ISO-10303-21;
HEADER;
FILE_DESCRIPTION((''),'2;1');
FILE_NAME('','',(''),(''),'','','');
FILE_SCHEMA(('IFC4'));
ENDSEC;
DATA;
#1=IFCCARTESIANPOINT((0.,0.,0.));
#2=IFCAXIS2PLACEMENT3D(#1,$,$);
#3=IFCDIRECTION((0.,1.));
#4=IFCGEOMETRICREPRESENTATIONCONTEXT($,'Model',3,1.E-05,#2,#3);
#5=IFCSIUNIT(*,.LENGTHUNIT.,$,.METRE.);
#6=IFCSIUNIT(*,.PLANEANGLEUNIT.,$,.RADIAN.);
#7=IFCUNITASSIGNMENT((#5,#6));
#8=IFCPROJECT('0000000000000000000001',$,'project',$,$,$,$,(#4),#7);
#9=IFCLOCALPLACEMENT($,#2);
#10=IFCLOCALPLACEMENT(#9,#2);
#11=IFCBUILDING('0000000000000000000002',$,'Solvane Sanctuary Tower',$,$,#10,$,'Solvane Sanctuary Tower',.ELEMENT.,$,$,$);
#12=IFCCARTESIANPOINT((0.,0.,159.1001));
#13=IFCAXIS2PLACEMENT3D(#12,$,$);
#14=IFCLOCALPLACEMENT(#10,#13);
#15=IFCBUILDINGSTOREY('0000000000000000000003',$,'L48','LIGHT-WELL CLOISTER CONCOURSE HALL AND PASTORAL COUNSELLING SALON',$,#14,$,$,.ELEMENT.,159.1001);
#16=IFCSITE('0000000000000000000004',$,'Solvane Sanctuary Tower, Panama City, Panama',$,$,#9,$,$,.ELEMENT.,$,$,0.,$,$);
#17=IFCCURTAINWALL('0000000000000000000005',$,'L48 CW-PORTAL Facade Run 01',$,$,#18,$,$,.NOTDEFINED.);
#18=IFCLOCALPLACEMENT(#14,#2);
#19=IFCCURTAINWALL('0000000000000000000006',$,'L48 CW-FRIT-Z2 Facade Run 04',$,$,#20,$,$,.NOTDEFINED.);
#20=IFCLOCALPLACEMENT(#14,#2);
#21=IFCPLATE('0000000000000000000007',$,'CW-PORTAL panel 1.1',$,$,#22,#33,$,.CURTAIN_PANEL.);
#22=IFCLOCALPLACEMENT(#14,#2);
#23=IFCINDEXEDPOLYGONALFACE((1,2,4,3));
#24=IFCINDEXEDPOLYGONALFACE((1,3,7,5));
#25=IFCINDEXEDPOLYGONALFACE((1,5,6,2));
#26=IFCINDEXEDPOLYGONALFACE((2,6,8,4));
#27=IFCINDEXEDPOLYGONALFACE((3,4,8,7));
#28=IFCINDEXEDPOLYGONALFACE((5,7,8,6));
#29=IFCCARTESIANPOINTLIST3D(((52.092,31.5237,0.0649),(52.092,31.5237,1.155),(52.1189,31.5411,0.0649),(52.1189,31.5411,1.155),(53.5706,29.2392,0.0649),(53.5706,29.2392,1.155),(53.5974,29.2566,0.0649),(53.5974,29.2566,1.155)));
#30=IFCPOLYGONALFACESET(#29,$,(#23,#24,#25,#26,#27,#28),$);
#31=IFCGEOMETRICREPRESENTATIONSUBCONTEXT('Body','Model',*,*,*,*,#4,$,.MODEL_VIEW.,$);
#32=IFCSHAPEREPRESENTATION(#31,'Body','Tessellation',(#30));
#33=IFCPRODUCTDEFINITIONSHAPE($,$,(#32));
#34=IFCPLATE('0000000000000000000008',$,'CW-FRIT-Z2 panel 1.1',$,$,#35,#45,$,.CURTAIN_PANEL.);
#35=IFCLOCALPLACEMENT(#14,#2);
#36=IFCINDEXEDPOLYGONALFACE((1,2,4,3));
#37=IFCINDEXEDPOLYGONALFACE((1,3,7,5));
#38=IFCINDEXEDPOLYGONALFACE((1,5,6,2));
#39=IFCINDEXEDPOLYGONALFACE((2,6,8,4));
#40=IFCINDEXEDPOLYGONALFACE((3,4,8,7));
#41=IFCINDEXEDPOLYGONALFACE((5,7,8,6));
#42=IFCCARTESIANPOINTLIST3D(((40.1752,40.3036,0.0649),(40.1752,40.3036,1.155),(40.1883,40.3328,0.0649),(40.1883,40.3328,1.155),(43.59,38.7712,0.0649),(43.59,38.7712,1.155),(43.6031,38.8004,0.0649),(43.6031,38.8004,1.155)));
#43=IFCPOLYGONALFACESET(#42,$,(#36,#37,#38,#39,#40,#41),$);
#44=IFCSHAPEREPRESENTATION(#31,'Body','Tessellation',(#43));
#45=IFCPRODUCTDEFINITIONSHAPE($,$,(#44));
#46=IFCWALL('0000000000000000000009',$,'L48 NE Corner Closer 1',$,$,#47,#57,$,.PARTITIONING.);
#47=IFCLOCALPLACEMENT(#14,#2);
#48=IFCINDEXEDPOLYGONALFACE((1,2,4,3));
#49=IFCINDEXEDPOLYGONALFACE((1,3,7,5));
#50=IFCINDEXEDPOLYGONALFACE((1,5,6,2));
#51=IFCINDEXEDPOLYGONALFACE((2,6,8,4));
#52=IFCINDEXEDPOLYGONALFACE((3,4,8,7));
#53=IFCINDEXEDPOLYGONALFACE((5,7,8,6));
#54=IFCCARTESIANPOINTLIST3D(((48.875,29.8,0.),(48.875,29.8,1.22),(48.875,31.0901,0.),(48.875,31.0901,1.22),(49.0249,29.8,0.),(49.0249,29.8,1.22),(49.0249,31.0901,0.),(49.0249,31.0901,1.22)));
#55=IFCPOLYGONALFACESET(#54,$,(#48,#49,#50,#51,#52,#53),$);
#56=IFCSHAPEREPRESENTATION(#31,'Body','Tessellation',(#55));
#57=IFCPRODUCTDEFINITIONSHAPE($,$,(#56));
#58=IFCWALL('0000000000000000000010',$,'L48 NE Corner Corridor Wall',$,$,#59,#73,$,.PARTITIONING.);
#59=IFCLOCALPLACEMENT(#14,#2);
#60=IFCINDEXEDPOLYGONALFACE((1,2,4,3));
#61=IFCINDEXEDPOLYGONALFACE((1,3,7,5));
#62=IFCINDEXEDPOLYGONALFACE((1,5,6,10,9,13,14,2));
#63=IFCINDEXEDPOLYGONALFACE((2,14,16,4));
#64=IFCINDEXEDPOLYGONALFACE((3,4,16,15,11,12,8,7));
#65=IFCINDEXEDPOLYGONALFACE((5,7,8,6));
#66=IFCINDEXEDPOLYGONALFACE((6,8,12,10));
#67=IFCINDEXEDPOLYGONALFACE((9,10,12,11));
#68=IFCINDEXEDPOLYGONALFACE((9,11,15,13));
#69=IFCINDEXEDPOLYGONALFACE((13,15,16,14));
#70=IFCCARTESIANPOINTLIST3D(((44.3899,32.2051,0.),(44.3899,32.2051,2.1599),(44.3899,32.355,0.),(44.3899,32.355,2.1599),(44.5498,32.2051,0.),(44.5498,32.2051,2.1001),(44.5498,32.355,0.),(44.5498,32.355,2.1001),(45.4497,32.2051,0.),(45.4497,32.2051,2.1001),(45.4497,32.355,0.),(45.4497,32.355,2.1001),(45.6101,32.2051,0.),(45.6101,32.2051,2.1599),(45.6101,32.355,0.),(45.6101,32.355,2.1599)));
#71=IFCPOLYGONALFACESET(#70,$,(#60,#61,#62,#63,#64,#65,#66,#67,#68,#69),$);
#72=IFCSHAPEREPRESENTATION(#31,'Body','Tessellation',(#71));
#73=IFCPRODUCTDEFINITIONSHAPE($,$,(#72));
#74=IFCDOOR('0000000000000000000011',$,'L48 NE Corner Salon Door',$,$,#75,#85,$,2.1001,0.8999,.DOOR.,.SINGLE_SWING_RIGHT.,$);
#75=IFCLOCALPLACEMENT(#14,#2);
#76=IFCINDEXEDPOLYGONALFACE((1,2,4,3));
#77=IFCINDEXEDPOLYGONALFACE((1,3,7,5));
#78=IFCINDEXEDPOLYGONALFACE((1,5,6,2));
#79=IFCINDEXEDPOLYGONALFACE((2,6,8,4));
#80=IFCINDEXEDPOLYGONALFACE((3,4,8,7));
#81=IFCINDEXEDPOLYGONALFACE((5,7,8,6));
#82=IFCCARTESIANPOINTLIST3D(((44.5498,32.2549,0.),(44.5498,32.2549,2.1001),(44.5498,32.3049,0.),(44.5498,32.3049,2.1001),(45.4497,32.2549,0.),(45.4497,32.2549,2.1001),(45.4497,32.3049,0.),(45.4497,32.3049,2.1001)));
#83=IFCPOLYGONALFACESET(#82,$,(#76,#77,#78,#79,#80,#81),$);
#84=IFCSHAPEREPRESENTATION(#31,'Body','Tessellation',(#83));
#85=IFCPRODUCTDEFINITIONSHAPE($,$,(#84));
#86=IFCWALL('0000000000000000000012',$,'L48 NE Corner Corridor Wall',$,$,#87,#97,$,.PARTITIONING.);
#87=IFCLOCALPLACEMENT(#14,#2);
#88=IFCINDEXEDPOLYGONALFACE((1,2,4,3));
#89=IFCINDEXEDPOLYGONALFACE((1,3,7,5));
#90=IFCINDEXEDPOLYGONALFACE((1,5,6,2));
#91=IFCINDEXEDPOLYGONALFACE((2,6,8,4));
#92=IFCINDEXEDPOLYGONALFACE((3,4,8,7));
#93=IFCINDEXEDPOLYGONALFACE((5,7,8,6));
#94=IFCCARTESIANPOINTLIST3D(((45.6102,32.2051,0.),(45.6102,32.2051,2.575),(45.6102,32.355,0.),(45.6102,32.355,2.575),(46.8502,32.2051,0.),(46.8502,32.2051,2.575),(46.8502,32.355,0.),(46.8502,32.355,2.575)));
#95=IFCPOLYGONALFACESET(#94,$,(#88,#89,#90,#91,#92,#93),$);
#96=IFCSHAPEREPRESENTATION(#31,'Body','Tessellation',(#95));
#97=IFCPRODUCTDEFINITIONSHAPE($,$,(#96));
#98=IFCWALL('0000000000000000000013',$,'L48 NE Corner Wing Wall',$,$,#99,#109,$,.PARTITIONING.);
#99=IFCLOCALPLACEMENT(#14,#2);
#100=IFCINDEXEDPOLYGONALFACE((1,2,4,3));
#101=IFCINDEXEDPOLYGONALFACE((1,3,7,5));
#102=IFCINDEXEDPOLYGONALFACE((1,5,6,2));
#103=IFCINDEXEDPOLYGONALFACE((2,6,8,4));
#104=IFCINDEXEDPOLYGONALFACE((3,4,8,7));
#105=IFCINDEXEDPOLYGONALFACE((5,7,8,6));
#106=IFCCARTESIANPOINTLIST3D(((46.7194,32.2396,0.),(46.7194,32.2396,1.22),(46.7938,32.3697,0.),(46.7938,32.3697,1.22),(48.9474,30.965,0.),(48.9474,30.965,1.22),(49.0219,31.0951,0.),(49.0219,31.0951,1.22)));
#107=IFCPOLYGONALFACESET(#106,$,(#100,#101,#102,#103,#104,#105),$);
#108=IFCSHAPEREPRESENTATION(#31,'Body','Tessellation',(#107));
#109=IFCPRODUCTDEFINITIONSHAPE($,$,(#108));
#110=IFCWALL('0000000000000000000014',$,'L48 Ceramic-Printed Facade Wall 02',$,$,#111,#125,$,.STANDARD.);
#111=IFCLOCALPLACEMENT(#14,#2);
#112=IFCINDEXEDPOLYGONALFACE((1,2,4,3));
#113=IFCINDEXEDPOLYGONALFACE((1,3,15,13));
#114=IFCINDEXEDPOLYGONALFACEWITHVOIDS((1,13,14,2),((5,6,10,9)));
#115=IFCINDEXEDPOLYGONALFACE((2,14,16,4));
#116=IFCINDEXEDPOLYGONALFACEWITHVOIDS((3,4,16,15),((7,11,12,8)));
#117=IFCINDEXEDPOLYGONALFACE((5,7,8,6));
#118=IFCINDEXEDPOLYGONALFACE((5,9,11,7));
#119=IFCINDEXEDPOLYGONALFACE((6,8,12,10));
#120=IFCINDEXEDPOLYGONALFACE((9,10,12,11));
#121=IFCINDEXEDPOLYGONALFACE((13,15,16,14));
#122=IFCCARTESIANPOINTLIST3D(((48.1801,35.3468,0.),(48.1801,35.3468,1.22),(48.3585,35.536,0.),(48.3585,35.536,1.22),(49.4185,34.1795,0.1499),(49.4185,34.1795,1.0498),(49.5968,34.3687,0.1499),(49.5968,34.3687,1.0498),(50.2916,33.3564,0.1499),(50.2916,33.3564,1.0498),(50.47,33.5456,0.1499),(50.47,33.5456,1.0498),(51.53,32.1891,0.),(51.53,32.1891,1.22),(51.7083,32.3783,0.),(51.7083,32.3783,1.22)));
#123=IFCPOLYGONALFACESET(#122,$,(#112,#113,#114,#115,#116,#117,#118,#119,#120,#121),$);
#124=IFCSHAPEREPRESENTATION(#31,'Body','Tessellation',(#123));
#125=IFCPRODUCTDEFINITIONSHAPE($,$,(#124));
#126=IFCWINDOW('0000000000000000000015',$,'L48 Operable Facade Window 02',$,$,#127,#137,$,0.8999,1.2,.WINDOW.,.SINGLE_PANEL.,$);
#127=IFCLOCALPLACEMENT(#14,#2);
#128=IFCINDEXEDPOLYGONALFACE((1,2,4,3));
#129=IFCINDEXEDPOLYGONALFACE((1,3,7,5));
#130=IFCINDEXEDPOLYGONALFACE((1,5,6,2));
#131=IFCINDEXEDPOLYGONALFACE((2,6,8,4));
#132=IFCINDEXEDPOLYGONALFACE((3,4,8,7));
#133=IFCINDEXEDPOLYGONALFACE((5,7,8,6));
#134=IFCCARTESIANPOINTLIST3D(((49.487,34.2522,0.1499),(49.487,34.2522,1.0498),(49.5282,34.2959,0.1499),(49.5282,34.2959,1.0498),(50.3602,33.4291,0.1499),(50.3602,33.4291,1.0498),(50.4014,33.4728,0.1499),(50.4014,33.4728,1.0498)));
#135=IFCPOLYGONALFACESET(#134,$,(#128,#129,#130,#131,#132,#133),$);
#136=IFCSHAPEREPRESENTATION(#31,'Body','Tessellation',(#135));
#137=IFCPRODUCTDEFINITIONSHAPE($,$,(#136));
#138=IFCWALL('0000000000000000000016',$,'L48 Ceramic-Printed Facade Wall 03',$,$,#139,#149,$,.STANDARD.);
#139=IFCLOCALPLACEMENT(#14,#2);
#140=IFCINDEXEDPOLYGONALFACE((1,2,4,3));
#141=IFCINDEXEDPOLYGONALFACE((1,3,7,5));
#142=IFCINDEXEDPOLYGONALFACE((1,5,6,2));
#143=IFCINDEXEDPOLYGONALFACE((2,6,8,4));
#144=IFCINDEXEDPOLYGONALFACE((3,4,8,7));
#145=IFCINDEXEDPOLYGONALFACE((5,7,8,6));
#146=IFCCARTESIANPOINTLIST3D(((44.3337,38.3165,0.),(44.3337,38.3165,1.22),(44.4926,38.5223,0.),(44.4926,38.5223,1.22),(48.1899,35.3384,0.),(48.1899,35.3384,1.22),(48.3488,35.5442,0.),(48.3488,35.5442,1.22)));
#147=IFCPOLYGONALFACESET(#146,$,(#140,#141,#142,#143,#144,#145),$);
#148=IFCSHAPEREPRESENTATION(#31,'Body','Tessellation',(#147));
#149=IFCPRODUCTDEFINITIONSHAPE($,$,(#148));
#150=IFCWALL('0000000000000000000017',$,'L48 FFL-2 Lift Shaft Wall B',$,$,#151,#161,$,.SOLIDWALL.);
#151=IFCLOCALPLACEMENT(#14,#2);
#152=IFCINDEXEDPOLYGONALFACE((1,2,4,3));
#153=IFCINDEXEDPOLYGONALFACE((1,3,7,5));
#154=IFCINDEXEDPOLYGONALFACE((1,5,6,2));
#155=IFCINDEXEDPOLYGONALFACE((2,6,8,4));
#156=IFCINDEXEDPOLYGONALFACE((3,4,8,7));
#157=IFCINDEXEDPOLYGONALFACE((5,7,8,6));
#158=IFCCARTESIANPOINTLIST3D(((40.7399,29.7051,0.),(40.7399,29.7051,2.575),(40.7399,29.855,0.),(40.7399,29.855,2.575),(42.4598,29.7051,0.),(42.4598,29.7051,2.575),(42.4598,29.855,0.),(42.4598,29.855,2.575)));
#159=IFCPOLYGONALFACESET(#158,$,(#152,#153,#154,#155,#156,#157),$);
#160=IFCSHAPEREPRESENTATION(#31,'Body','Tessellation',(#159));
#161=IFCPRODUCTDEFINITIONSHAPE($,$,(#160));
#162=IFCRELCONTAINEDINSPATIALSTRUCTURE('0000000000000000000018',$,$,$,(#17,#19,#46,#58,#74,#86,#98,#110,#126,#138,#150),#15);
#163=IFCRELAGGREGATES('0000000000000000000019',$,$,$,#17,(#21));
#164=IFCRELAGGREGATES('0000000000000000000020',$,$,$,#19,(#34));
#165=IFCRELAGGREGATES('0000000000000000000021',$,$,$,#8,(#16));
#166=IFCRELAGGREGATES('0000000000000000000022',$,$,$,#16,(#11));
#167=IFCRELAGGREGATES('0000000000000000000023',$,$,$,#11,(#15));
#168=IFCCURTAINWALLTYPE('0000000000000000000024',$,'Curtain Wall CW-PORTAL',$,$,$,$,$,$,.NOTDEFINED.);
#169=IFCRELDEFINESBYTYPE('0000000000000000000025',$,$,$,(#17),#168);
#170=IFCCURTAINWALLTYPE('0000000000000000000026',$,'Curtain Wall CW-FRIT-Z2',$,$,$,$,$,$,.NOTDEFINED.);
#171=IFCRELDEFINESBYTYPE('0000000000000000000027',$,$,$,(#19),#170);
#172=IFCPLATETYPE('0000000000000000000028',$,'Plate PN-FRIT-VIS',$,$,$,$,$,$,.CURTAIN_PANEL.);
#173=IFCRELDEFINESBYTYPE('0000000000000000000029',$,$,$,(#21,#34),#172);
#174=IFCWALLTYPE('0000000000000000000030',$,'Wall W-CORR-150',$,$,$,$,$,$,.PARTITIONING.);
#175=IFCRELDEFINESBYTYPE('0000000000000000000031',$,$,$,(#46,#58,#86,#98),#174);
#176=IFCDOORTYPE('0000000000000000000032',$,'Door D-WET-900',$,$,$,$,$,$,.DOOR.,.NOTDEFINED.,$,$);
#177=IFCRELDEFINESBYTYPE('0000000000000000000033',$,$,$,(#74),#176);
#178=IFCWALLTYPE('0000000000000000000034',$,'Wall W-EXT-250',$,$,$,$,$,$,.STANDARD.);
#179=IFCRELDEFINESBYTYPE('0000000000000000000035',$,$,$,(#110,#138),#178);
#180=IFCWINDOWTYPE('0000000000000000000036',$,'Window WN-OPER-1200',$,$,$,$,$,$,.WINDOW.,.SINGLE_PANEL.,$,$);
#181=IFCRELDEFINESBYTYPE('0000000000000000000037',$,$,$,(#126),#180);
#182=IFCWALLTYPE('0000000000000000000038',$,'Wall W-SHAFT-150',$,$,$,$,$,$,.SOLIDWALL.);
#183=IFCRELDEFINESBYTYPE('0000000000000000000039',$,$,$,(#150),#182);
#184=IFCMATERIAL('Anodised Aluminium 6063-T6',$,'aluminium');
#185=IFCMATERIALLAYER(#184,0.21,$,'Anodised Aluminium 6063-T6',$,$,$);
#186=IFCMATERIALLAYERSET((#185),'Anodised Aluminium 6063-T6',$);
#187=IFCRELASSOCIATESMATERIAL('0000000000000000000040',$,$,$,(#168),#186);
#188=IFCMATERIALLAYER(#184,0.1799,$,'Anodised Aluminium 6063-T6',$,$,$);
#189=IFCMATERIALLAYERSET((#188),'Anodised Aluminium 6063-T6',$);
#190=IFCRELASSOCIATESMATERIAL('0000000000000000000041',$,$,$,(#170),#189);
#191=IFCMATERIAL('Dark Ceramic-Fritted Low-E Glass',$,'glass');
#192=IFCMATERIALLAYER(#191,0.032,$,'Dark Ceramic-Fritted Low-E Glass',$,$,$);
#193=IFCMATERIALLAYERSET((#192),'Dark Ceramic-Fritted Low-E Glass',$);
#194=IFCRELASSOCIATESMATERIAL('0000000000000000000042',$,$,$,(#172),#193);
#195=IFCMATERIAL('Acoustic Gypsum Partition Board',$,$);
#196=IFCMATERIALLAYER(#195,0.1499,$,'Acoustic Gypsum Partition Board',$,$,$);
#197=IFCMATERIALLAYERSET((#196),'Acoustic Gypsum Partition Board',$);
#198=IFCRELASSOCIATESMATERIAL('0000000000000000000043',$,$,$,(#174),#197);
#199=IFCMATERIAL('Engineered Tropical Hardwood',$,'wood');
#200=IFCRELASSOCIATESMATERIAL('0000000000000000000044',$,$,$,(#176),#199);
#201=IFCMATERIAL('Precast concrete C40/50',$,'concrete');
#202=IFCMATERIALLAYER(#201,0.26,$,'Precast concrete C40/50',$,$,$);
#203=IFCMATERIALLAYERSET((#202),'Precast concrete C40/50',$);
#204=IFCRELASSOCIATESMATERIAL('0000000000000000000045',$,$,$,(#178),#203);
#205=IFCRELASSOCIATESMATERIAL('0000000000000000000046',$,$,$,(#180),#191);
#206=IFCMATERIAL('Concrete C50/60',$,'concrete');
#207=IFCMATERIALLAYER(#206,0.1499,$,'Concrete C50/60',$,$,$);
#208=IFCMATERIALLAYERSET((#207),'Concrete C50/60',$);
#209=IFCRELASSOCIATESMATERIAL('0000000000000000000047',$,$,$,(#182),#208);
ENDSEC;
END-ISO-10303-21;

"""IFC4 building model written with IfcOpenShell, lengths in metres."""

from ifc_helpers import new_model, si_unit, direction, frame, frame_2d, origin, origin_2d, place, context, subcontext, project, spatial, rectangle, extrude, material, layer, layer_set, type_object, element, fill, aggregate, save


model = new_model("IFC4")

# Units and contexts
model_context = context("Model", 3, precision=1e-05, world=origin(), true_north=direction((0.0, 1.0)))
body_context = subcontext(model_context, "Body", "Model", "MODEL_VIEW")
ifc_project = project(units=[si_unit("LENGTHUNIT", "METRE"), si_unit("PLANEANGLEUNIT", "RADIAN")], contexts=[model_context])

# Site, building, storey
site_placement = place(None, origin())
site = spatial("IfcSite", under=ifc_project, at=site_placement, Name="Solvane Sanctuary Tower, Panama City, Panama", CompositionType="ELEMENT", RefElevation=0.0)
building_placement = place(site_placement, origin())
building = spatial("IfcBuilding", under=site, at=building_placement, Name="Solvane Sanctuary Tower", LongName="Solvane Sanctuary Tower", CompositionType="ELEMENT")
storey_placement = place(building_placement, frame((0.0, 0.0, 159.1001)))
storey = spatial("IfcBuildingStorey", under=building, at=storey_placement, Name="L48", Description="LIGHT-WELL CLOISTER CONCOURSE HALL AND PASTORAL COUNSELLING SALON", CompositionType="ELEMENT", Elevation=159.1001)

# Curtain walls
ifc_material_1 = material(Name="Anodised Aluminium 6063-T6", Category="aluminium")
ifc_layer_1 = layer(ifc_material_1, 0.21, Name="Anodised Aluminium 6063-T6")
ifc_layer_set_1 = layer_set([ifc_layer_1], Name="Anodised Aluminium 6063-T6")
curtain_wall_type_1 = type_object("IfcCurtainWallType", Name="Curtain Wall CW-PORTAL", PredefinedType="NOTDEFINED", material=ifc_layer_set_1)
curtain_wall_1_placement = place(storey_placement, origin())
curtain_wall_1 = element("IfcCurtainWall", 1, at=curtain_wall_1_placement, inside=storey, type_object=curtain_wall_type_1, Name="L48 CW-PORTAL Facade Run 01", PredefinedType="NOTDEFINED")
ifc_layer_2 = layer(ifc_material_1, 0.1799, Name="Anodised Aluminium 6063-T6")
ifc_layer_set_2 = layer_set([ifc_layer_2], Name="Anodised Aluminium 6063-T6")
curtain_wall_type_2 = type_object("IfcCurtainWallType", Name="Curtain Wall CW-FRIT-Z2", PredefinedType="NOTDEFINED", material=ifc_layer_set_2)
curtain_wall_2_placement = place(storey_placement, origin())
curtain_wall_2 = element("IfcCurtainWall", 2, at=curtain_wall_2_placement, inside=storey, type_object=curtain_wall_type_2, Name="L48 CW-FRIT-Z2 Facade Run 04", PredefinedType="NOTDEFINED")

# Plates
ifc_material_2 = material(Name="Dark Ceramic-Fritted Low-E Glass", Category="glass")
ifc_layer_3 = layer(ifc_material_2, 0.032, Name="Dark Ceramic-Fritted Low-E Glass")
ifc_layer_set_3 = layer_set([ifc_layer_3], Name="Dark Ceramic-Fritted Low-E Glass")
plate_type = type_object("IfcPlateType", Name="Plate PN-FRIT-VIS", PredefinedType="CURTAIN_PANEL", material=ifc_layer_set_3)
plate_1_placement = place(storey_placement, frame((52.8447, 30.3901, 0.0649), z_axis=(0.0, 0.0, 1.0), x_axis=(-0.543341, 0.839512, 0.0)))
plate_1 = element("IfcPlate", 3, at=plate_1_placement, type_object=plate_type, Name="CW-PORTAL panel 1.1", PredefinedType="CURTAIN_PANEL", context=body_context, shape_type="SweptSolid", body=[
    extrude(rectangle(XDim=2.7212, YDim=0.032, at=origin_2d()), origin(), (0.0, 0.0, 1.0), 1.0901),
])
aggregate(curtain_wall_1, [plate_1])
plate_2_placement = place(storey_placement, frame((41.8892, 39.552, 0.0649), z_axis=(0.0, 0.0, 1.0), x_axis=(-0.91235, 0.409411, 0.0)))
plate_2 = element("IfcPlate", 4, at=plate_2_placement, type_object=plate_type, Name="CW-FRIT-Z2 panel 1.1", PredefinedType="CURTAIN_PANEL", context=body_context, shape_type="SweptSolid", body=[
    extrude(rectangle(XDim=3.7429, YDim=0.032, at=origin_2d()), origin(), (0.0, 0.0, 1.0), 1.0901),
])
aggregate(curtain_wall_2, [plate_2])

# Wall
ifc_material_3 = material(Name="Acoustic Gypsum Partition Board")
ifc_layer_4 = layer(ifc_material_3, 0.1499, Name="Acoustic Gypsum Partition Board")
ifc_layer_set_4 = layer_set([ifc_layer_4], Name="Acoustic Gypsum Partition Board")
wall_type_1 = type_object("IfcWallType", Name="Wall W-CORR-150", PredefinedType="PARTITIONING", material=ifc_layer_set_4)
wall_1_placement = place(storey_placement, frame((48.95, 29.8, 0.0), z_axis=(0.0, 0.0, 1.0), x_axis=(0.0, 1.0, 0.0)))
element("IfcWall", 5, at=wall_1_placement, inside=storey, type_object=wall_type_1, Name="L48 NE Corner Closer 1", PredefinedType="PARTITIONING", context=body_context, shape_type="SweptSolid", body=[
    extrude(rectangle(XDim=1.29, YDim=0.1499, at=frame_2d((0.645, 0.0))), origin(), (0.0, 0.0, 1.0), 1.22),
])

# Wall, opening, door
wall_2_placement = place(storey_placement, frame((44.3899, 32.28, 0.0), z_axis=(0.0, 0.0, 1.0), x_axis=(1.0, 0.0, 0.0)))
wall_2 = element("IfcWall", 6, at=wall_2_placement, inside=storey, type_object=wall_type_1, Name="L48 NE Corner Corridor Wall", PredefinedType="PARTITIONING", context=body_context, shape_type="SweptSolid", body=[
    extrude(rectangle(XDim=1.2202, YDim=0.1499, at=frame_2d((0.6101, 0.0))), origin(), (0.0, 0.0, 1.0), 2.1599),
])
opening_1_placement = place(wall_2_placement, frame((0.1599, 0.0, 0.0)))
opening_1 = element("IfcOpeningElement", 7, at=opening_1_placement, cuts=wall_2, PredefinedType="OPENING", context=body_context, shape_type="SweptSolid", body=[
    extrude(rectangle(XDim=0.8999, YDim=2.1001, at=frame_2d((0.45, 1.05))), frame((0.0, 0.085, 0.0), z_axis=(0.0, -1.0, 0.0), x_axis=(1.0, 0.0, 0.0)), (0.0, 0.0, 1.0), 0.1699),
])
ifc_material_4 = material(Name="Engineered Tropical Hardwood", Category="wood")
door_type_1 = type_object("IfcDoorType", Name="Door D-WET-900", OperationType="NOTDEFINED", PredefinedType="DOOR", material=ifc_material_4)
door_1_placement = place(opening_1_placement, origin())
door_1 = element("IfcDoor", 8, at=door_1_placement, inside=storey, type_object=door_type_1, Name="L48 NE Corner Salon Door", OperationType="SINGLE_SWING_RIGHT", OverallHeight=2.1001, OverallWidth=0.8999, PredefinedType="DOOR", context=body_context, shape_type="SweptSolid", body=[
    extrude(rectangle(XDim=0.8999, YDim=2.1001, at=frame_2d((0.45, 1.05))), frame((0.0, 0.0249, 0.0), z_axis=(0.0, -1.0, 0.0), x_axis=(1.0, 0.0, 0.0)), (0.0, 0.0, 1.0), 0.05),
])
fill(opening_1, door_1)

# Walls
wall_3_placement = place(storey_placement, frame((45.6101, 32.28, 0.0), z_axis=(0.0, 0.0, 1.0), x_axis=(1.0, 0.0, 0.0)))
element("IfcWall", 9, at=wall_3_placement, inside=storey, type_object=wall_type_1, Name="L48 NE Corner Corridor Wall", PredefinedType="PARTITIONING", context=body_context, shape_type="SweptSolid", body=[
    extrude(rectangle(XDim=1.24, YDim=0.1499, at=frame_2d((0.6201, 0.0))), origin(), (0.0, 0.0, 1.0), 2.575),
])
wall_4_placement = place(storey_placement, frame((46.7566, 32.3047, 0.0), z_axis=(0.0, 0.0, 1.0), x_axis=(0.867991, -0.496579, 0.0)))
element("IfcWall", 10, at=wall_4_placement, inside=storey, type_object=wall_type_1, Name="L48 NE Corner Wing Wall", PredefinedType="PARTITIONING", context=body_context, shape_type="SweptSolid", body=[
    extrude(rectangle(XDim=2.5669, YDim=0.1499, at=frame_2d((1.2834, 0.0))), origin(), (0.0, 0.0, 1.0), 1.22),
])

# Wall, opening, window
ifc_material_5 = material(Name="Precast concrete C40/50", Category="concrete")
ifc_layer_5 = layer(ifc_material_5, 0.26, Name="Precast concrete C40/50")
ifc_layer_set_5 = layer_set([ifc_layer_5], Name="Precast concrete C40/50")
wall_type_2 = type_object("IfcWallType", Name="Wall W-EXT-250", PredefinedType="STANDARD", material=ifc_layer_set_5)
wall_5_placement = place(storey_placement, frame((51.6191, 32.2837, 0.0), z_axis=(0.0, 0.0, 1.0), x_axis=(-0.727667, 0.68593, 0.0)))
wall_5 = element("IfcWall", 11, at=wall_5_placement, inside=storey, type_object=wall_type_2, Name="L48 Ceramic-Printed Facade Wall 02", PredefinedType="STANDARD", context=body_context, shape_type="SweptSolid", body=[
    extrude(rectangle(XDim=4.6035, YDim=0.26, at=frame_2d((2.3018, 0.0))), origin(), (0.0, 0.0, 1.0), 1.22),
])
opening_2_placement = place(wall_5_placement, frame((1.7017, 0.0, 0.1499)))
opening_2 = element("IfcOpeningElement", 12, at=opening_2_placement, cuts=wall_5, PredefinedType="OPENING", context=body_context, shape_type="SweptSolid", body=[
    extrude(rectangle(XDim=1.2, YDim=0.8999, at=frame_2d((0.6001, 0.45))), frame((0.0, 0.1399, 0.0), z_axis=(0.0, -1.0, 0.0), x_axis=(1.0, 0.0, 0.0)), (0.0, 0.0, 1.0), 0.28),
])
window_type = type_object("IfcWindowType", Name="Window WN-OPER-1200", PartitioningType="SINGLE_PANEL", PredefinedType="WINDOW", material=ifc_material_2)
window_placement = place(opening_2_placement, origin())
window = element("IfcWindow", 13, at=window_placement, inside=storey, type_object=window_type, Name="L48 Operable Facade Window 02", OverallHeight=0.8999, OverallWidth=1.2, PartitioningType="SINGLE_PANEL", PredefinedType="WINDOW", context=body_context, shape_type="SweptSolid", body=[
    extrude(rectangle(XDim=1.2, YDim=0.8999, at=frame_2d((0.6001, 0.45))), frame((0.0, 0.03, 0.0), z_axis=(0.0, -1.0, 0.0), x_axis=(1.0, 0.0, 0.0)), (0.0, 0.0, 1.0), 0.0601),
])
fill(opening_2, window)

# Walls
wall_6_placement = place(storey_placement, frame((48.2693, 35.4414, 0.0), z_axis=(0.0, 0.0, 1.0), x_axis=(-0.79146, 0.611221, 0.0)))
element("IfcWall", 14, at=wall_6_placement, inside=storey, type_object=wall_type_2, Name="L48 Ceramic-Printed Facade Wall 03", PredefinedType="STANDARD", context=body_context, shape_type="SweptSolid", body=[
    extrude(rectangle(XDim=4.8723, YDim=0.26, at=frame_2d((2.436, 0.0))), origin(), (0.0, 0.0, 1.0), 1.22),
])
ifc_material_6 = material(Name="Concrete C50/60", Category="concrete")
ifc_layer_6 = layer(ifc_material_6, 0.1499, Name="Concrete C50/60")
ifc_layer_set_6 = layer_set([ifc_layer_6], Name="Concrete C50/60")
wall_type_3 = type_object("IfcWallType", Name="Wall W-SHAFT-150", PredefinedType="SOLIDWALL", material=ifc_layer_set_6)
wall_7_placement = place(storey_placement, frame((40.74, 29.78, 0.0), z_axis=(0.0, 0.0, 1.0), x_axis=(1.0, 0.0, 0.0)))
element("IfcWall", 15, at=wall_7_placement, inside=storey, type_object=wall_type_3, Name="L48 FFL-2 Lift Shaft Wall B", PredefinedType="SOLIDWALL", context=body_context, shape_type="SweptSolid", body=[
    extrude(rectangle(XDim=1.72, YDim=0.1499, at=frame_2d((0.8599, 0.0))), origin(), (0.0, 0.0, 1.0), 2.575),
])

save(model, "model.ifc")
